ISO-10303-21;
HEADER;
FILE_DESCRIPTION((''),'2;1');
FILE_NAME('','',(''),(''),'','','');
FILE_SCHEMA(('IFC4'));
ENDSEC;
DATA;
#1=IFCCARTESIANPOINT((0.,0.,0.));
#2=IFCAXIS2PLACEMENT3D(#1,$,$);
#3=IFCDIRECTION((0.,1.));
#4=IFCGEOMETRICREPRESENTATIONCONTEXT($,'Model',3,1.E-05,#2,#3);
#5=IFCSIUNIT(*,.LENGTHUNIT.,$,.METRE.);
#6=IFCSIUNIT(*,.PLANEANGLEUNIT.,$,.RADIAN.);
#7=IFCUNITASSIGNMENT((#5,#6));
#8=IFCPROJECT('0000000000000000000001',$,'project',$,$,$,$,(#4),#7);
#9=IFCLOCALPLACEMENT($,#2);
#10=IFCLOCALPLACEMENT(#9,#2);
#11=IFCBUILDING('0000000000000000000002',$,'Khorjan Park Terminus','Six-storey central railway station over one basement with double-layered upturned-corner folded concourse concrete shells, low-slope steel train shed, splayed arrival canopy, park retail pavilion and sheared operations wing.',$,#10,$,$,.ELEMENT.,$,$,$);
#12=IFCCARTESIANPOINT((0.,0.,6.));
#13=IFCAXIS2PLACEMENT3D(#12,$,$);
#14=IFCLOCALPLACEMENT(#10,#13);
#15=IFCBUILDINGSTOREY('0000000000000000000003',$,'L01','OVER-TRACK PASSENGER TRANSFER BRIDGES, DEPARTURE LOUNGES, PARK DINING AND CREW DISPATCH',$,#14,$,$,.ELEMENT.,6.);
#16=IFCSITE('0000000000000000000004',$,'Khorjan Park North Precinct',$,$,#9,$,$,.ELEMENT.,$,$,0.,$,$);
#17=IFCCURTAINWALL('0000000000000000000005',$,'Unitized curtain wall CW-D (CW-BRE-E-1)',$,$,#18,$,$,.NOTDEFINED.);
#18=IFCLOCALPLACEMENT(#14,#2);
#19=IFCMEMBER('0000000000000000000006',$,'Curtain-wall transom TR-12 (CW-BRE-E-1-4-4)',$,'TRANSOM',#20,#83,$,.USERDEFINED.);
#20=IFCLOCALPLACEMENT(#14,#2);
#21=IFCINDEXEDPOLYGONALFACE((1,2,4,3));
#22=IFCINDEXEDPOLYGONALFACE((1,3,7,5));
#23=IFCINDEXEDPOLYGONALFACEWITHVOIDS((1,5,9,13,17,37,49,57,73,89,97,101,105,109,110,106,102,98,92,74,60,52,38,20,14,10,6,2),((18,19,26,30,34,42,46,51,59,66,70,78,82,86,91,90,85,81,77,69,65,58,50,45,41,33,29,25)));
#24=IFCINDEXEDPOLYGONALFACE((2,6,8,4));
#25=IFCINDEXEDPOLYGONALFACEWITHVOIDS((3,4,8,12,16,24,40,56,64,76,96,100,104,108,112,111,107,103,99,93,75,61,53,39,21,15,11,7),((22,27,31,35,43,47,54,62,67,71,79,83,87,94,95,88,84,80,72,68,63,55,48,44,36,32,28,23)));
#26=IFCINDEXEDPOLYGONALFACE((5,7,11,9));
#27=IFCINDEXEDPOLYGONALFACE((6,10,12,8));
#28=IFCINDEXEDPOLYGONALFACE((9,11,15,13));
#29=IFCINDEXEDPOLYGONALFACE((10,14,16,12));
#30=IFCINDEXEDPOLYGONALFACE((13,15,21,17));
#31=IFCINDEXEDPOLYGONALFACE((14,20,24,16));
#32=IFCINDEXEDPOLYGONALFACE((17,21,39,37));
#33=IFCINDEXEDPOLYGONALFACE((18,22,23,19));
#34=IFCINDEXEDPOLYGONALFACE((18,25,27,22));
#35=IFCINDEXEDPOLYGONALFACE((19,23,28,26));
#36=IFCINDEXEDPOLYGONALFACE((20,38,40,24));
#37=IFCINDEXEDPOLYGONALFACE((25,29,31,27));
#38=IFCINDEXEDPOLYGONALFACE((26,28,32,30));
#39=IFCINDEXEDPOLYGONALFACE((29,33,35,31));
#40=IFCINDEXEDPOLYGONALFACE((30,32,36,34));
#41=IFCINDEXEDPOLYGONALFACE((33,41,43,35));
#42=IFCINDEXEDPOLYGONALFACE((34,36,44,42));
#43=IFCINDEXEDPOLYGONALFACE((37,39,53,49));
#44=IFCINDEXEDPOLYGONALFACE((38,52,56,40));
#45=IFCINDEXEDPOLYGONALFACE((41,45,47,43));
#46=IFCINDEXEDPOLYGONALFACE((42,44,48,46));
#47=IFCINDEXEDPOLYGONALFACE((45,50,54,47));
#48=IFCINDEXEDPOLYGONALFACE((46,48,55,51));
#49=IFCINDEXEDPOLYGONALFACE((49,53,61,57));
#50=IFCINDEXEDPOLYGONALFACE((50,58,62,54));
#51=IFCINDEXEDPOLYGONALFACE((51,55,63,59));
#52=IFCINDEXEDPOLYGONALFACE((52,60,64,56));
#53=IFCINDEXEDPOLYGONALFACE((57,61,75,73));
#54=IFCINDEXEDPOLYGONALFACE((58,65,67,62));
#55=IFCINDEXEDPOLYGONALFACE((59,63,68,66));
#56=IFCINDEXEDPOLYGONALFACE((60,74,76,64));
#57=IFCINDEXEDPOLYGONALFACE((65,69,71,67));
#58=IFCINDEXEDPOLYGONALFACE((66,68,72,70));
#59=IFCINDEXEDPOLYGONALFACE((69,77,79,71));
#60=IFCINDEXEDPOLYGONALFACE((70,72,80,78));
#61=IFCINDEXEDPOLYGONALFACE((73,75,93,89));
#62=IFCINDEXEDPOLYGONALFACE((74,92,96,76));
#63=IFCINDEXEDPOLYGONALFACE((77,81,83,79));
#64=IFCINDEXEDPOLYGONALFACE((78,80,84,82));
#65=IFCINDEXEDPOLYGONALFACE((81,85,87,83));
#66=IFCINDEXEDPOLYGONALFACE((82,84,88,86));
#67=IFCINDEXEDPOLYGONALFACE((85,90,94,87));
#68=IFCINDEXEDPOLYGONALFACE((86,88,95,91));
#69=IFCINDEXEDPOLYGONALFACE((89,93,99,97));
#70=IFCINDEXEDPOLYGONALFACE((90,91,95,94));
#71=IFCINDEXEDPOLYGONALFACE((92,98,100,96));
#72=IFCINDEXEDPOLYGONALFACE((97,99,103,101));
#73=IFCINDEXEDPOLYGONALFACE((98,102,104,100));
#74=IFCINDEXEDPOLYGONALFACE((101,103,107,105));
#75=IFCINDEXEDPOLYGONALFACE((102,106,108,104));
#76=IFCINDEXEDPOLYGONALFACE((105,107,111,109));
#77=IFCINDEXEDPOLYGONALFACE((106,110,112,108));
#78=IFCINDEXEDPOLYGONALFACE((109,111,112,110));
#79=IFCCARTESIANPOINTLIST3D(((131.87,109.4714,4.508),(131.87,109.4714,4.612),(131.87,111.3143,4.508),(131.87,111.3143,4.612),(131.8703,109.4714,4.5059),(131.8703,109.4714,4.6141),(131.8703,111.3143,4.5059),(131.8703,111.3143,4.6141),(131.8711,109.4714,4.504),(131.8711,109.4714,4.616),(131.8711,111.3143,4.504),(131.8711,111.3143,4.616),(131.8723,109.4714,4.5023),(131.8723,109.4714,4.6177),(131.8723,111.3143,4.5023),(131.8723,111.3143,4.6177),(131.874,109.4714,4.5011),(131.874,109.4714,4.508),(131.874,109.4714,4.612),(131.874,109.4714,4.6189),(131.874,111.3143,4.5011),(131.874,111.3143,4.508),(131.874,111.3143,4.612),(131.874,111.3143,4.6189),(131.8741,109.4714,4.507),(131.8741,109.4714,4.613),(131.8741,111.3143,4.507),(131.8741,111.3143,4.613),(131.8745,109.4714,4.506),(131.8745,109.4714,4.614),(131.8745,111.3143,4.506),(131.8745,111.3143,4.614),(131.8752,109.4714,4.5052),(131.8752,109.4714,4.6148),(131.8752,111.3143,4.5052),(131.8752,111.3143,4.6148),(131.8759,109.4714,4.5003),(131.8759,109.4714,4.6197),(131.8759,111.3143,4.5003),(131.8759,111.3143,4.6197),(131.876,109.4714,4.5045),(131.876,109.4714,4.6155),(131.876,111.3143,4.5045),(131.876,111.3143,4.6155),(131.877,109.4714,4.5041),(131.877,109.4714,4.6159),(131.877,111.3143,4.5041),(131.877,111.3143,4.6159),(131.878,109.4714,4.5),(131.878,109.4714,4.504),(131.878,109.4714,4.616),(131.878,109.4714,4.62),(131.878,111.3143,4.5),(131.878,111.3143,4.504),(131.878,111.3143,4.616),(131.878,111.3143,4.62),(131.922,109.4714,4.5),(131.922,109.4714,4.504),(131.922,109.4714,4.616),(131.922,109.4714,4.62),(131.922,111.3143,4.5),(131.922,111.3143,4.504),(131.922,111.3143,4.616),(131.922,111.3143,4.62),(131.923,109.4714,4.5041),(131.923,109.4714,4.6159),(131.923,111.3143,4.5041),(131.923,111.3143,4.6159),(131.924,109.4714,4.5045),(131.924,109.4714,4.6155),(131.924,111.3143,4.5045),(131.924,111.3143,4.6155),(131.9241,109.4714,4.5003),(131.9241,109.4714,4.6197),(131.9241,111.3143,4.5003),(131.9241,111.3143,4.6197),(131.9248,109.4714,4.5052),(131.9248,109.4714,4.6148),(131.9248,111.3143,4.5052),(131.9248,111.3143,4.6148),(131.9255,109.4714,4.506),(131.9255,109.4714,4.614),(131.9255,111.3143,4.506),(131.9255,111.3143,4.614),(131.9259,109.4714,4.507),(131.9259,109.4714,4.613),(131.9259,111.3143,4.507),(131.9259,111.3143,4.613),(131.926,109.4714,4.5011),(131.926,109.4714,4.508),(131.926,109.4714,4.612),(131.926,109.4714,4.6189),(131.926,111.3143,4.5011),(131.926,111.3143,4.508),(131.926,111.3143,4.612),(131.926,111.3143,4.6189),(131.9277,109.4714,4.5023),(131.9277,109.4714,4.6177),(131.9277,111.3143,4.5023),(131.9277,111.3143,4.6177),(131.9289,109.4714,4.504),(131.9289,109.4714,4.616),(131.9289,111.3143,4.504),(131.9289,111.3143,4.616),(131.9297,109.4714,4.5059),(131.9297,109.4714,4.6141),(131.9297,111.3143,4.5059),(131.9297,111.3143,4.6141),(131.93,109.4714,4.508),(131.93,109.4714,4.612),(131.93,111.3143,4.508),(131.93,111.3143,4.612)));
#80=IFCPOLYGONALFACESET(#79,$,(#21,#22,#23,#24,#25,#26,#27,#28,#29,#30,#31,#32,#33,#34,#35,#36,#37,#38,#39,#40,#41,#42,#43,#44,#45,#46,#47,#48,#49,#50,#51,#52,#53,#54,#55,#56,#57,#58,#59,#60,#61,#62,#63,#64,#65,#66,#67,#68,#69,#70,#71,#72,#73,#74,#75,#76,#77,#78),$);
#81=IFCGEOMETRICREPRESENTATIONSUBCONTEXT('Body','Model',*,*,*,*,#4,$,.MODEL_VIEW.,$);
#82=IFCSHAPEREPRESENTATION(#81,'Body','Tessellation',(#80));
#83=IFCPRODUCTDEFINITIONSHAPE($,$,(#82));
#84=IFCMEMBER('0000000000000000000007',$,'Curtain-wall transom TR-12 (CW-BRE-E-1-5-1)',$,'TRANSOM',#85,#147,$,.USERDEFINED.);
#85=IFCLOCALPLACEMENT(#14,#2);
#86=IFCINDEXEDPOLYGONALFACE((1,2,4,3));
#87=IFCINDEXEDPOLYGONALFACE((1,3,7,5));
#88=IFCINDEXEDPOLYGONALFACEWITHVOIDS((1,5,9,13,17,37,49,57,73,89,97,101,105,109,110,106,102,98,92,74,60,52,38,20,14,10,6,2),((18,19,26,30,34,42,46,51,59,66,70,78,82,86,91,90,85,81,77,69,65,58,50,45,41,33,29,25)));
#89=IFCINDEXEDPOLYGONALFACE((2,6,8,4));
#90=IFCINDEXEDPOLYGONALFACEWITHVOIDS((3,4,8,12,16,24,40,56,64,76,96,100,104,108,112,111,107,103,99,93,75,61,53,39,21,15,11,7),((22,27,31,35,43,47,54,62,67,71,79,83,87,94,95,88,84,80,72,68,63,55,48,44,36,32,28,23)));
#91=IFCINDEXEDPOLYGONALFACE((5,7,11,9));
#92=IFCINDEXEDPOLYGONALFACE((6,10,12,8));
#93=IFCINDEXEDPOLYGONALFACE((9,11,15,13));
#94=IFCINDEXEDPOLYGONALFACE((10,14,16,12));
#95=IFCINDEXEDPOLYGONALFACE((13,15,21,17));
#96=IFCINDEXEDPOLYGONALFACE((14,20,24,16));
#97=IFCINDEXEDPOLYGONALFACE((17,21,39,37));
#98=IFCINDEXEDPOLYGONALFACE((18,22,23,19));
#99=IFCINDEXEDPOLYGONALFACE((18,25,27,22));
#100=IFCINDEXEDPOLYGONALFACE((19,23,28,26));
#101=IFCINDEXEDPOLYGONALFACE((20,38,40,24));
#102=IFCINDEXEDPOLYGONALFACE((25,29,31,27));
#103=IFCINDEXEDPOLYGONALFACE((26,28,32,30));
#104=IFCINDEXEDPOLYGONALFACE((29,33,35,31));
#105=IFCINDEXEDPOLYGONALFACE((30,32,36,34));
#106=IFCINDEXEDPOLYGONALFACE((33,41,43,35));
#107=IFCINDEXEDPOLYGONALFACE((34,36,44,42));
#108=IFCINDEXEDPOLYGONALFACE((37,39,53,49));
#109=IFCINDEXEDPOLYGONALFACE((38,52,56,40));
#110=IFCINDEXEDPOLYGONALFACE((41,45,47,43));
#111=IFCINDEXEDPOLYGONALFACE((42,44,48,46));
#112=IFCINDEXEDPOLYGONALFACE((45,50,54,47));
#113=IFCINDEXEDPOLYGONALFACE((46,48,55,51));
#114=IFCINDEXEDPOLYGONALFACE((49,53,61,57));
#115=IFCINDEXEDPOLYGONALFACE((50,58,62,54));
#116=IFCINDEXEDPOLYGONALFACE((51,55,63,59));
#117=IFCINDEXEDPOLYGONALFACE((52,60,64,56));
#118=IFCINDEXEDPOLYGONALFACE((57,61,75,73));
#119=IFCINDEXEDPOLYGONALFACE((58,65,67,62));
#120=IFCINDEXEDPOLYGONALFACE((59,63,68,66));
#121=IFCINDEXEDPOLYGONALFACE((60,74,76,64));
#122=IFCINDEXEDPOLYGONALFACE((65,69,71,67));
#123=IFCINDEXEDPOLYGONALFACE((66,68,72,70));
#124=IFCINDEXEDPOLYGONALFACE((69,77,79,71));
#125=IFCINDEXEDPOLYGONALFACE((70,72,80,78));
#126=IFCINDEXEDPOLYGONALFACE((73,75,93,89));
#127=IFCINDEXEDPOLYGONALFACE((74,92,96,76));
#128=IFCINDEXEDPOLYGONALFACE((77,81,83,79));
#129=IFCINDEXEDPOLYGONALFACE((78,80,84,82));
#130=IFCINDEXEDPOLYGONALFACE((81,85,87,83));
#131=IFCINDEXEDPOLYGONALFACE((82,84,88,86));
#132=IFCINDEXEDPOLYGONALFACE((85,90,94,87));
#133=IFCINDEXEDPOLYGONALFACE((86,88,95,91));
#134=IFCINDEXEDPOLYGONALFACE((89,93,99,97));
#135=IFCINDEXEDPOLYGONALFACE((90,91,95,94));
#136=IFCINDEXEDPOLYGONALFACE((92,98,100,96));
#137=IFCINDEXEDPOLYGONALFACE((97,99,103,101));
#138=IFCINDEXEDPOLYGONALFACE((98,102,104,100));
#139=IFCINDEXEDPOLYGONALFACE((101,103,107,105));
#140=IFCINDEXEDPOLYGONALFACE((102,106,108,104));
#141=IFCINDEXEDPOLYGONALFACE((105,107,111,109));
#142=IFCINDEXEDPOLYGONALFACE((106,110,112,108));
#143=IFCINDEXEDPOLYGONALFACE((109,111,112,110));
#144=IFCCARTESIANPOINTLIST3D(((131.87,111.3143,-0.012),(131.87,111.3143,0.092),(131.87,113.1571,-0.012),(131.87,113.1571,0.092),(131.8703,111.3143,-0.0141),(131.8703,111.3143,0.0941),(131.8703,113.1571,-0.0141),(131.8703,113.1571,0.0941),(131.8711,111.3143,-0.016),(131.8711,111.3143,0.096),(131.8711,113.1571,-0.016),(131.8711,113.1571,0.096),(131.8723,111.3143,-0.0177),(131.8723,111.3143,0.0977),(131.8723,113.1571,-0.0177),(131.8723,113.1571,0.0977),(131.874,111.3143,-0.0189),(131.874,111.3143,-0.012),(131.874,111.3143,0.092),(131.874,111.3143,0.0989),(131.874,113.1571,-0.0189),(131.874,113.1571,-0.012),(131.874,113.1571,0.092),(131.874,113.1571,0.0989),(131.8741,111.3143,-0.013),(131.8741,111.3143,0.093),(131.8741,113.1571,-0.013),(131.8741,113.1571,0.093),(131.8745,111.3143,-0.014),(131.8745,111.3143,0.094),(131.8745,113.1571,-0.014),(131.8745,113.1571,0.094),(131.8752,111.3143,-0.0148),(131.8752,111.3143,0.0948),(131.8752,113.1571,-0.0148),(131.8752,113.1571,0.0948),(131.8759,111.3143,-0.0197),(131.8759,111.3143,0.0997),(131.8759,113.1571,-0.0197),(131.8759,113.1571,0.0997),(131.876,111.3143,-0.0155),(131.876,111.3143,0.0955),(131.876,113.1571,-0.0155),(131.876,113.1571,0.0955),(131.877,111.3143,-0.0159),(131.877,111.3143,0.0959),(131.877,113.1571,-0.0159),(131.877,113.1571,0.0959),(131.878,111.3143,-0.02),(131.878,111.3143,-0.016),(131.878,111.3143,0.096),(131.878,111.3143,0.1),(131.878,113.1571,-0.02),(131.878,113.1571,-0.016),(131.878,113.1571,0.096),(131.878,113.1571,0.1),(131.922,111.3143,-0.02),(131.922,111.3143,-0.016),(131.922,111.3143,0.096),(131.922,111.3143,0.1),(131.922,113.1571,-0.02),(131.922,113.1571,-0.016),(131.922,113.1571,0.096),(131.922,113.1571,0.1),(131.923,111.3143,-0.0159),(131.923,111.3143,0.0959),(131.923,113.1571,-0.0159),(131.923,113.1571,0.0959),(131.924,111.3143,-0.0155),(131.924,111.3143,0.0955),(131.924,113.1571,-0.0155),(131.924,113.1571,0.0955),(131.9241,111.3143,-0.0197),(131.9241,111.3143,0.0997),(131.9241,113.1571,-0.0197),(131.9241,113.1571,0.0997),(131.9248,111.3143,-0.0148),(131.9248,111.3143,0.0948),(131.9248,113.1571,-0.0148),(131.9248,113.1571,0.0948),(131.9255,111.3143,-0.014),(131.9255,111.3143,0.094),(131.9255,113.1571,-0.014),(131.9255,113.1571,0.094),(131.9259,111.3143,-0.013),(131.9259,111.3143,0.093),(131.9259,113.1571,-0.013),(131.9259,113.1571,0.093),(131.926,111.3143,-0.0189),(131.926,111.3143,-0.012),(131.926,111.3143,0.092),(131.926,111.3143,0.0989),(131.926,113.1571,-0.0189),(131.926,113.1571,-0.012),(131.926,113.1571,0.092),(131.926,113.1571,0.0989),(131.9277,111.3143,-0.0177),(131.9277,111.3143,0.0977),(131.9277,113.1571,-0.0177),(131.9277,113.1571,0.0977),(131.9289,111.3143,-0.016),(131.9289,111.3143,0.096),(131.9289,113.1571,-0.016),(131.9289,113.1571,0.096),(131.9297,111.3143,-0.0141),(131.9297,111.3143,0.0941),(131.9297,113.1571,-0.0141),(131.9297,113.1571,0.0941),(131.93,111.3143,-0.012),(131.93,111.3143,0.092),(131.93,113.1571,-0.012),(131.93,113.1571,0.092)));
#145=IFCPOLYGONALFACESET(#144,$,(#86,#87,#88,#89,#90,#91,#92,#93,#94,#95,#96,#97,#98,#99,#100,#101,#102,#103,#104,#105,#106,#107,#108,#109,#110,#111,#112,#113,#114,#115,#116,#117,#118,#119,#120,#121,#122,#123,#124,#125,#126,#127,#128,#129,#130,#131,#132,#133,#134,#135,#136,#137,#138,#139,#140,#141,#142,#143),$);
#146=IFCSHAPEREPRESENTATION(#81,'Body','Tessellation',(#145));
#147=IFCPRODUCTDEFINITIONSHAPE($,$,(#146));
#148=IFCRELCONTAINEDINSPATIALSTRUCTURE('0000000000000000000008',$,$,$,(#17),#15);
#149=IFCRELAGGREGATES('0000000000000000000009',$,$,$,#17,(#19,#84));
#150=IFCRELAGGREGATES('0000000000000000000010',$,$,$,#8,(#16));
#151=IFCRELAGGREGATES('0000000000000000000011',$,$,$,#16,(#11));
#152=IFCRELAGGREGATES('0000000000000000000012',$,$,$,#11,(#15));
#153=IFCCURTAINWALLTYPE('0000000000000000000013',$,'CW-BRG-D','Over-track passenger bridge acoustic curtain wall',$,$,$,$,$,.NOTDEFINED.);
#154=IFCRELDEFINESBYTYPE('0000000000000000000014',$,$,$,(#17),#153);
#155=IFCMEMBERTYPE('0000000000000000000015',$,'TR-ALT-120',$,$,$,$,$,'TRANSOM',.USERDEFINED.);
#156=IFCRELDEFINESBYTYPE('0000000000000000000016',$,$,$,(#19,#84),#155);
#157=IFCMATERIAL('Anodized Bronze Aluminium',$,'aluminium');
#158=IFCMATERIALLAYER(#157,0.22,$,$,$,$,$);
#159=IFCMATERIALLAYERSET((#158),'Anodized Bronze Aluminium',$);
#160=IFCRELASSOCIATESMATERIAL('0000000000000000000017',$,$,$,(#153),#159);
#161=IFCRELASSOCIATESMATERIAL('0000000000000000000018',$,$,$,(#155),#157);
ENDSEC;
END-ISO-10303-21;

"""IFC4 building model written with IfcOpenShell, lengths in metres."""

from ifc_helpers import new_model, si_unit, direction, frame, origin, origin_2d, place, context, subcontext, project, spatial, hollow_rectangle, extrude, material, layer, layer_set, material_profile, profile_set, type_object, element, aggregate, save


model = new_model("IFC4")

# Units and contexts
model_context = context("Model", 3, precision=1e-05, world=origin(), true_north=direction((0.0, 1.0)))
body_context = subcontext(model_context, "Body", "Model", "MODEL_VIEW")
ifc_project = project(units=[si_unit("LENGTHUNIT", "METRE"), si_unit("PLANEANGLEUNIT", "RADIAN")], contexts=[model_context])

# Site, building, storey
site_placement = place(None, origin())
site = spatial("IfcSite", under=ifc_project, at=site_placement, Name="Khorjan Park North Precinct", CompositionType="ELEMENT", RefElevation=0.0)
building_placement = place(site_placement, origin())
building = spatial("IfcBuilding", under=site, at=building_placement, Name="Khorjan Park Terminus", Description="Six-storey central railway station over one basement with double-layered upturned-corner folded concourse concrete shells, low-slope steel train shed, splayed arrival canopy, park retail pavilion and sheared operations wing.", CompositionType="ELEMENT")
storey_placement = place(building_placement, frame((0.0, 0.0, 6.0)))
storey = spatial("IfcBuildingStorey", under=building, at=storey_placement, Name="L01", Description="OVER-TRACK PASSENGER TRANSFER BRIDGES, DEPARTURE LOUNGES, PARK DINING AND CREW DISPATCH", CompositionType="ELEMENT", Elevation=6.0)

# Curtain wall, members
ifc_material_1 = material(Name="Anodized Bronze Aluminium", Category="aluminium")
ifc_layer_1 = layer(ifc_material_1, 0.22)
ifc_layer_set_1 = layer_set([ifc_layer_1], Name="Anodized Bronze Aluminium")
curtain_wall_type = type_object("IfcCurtainWallType", Name="CW-BRG-D", Description="Over-track passenger bridge acoustic curtain wall", PredefinedType="NOTDEFINED", material=ifc_layer_set_1)
curtain_wall_1_placement = place(storey_placement, origin())
curtain_wall_1 = element("IfcCurtainWall", 1, at=curtain_wall_1_placement, inside=storey, type_object=curtain_wall_type, Name="Unitized curtain wall CW-D (CW-BRE-E-1)", PredefinedType="NOTDEFINED")
ifc_material_profile_1 = material_profile(ifc_material_1, hollow_rectangle(XDim=0.06, YDim=0.12, WallThickness=0.004, InnerFilletRadius=0.004, OuterFilletRadius=0.008, at=origin_2d()), Name="ALT 60x120x4")
ifc_profile_set_1 = profile_set([ifc_material_profile_1], Name="Anodized Bronze Aluminium")
member_type_1 = type_object("IfcMemberType", Name="TR-ALT-120", ElementType="TRANSOM", PredefinedType="USERDEFINED", material=ifc_profile_set_1)
member_1_placement = place(storey_placement, frame((131.9, 109.4714, 4.56), z_axis=(0.0, 1.0, 0.0), x_axis=(-1.0, 0.0, 0.0)))
member_1 = element("IfcMember", 2, at=member_1_placement, type_object=member_type_1, Name="Curtain-wall transom TR-12 (CW-BRE-E-1-4-4)", ObjectType="TRANSOM", PredefinedType="USERDEFINED", context=body_context, shape_type="SweptSolid", body=[
    extrude(hollow_rectangle(XDim=0.06, YDim=0.12, WallThickness=0.004, InnerFilletRadius=0.004, OuterFilletRadius=0.008, at=origin_2d()), origin(), (0.0, 0.0, 1.0), 1.8429),
])
member_2_placement = place(storey_placement, frame((131.9, 111.3143, 0.04), z_axis=(0.0, 1.0, 0.0), x_axis=(-1.0, 0.0, 0.0)))
member_2 = element("IfcMember", 3, at=member_2_placement, type_object=member_type_1, Name="Curtain-wall transom TR-12 (CW-BRE-E-1-5-1)", ObjectType="TRANSOM", PredefinedType="USERDEFINED", context=body_context, shape_type="SweptSolid", body=[
    extrude(hollow_rectangle(XDim=0.06, YDim=0.12, WallThickness=0.004, InnerFilletRadius=0.004, OuterFilletRadius=0.008, at=origin_2d()), origin(), (0.0, 0.0, 1.0), 1.8428),
])

aggregate(curtain_wall_1, [member_1, member_2])

save(model, "model.ifc")
